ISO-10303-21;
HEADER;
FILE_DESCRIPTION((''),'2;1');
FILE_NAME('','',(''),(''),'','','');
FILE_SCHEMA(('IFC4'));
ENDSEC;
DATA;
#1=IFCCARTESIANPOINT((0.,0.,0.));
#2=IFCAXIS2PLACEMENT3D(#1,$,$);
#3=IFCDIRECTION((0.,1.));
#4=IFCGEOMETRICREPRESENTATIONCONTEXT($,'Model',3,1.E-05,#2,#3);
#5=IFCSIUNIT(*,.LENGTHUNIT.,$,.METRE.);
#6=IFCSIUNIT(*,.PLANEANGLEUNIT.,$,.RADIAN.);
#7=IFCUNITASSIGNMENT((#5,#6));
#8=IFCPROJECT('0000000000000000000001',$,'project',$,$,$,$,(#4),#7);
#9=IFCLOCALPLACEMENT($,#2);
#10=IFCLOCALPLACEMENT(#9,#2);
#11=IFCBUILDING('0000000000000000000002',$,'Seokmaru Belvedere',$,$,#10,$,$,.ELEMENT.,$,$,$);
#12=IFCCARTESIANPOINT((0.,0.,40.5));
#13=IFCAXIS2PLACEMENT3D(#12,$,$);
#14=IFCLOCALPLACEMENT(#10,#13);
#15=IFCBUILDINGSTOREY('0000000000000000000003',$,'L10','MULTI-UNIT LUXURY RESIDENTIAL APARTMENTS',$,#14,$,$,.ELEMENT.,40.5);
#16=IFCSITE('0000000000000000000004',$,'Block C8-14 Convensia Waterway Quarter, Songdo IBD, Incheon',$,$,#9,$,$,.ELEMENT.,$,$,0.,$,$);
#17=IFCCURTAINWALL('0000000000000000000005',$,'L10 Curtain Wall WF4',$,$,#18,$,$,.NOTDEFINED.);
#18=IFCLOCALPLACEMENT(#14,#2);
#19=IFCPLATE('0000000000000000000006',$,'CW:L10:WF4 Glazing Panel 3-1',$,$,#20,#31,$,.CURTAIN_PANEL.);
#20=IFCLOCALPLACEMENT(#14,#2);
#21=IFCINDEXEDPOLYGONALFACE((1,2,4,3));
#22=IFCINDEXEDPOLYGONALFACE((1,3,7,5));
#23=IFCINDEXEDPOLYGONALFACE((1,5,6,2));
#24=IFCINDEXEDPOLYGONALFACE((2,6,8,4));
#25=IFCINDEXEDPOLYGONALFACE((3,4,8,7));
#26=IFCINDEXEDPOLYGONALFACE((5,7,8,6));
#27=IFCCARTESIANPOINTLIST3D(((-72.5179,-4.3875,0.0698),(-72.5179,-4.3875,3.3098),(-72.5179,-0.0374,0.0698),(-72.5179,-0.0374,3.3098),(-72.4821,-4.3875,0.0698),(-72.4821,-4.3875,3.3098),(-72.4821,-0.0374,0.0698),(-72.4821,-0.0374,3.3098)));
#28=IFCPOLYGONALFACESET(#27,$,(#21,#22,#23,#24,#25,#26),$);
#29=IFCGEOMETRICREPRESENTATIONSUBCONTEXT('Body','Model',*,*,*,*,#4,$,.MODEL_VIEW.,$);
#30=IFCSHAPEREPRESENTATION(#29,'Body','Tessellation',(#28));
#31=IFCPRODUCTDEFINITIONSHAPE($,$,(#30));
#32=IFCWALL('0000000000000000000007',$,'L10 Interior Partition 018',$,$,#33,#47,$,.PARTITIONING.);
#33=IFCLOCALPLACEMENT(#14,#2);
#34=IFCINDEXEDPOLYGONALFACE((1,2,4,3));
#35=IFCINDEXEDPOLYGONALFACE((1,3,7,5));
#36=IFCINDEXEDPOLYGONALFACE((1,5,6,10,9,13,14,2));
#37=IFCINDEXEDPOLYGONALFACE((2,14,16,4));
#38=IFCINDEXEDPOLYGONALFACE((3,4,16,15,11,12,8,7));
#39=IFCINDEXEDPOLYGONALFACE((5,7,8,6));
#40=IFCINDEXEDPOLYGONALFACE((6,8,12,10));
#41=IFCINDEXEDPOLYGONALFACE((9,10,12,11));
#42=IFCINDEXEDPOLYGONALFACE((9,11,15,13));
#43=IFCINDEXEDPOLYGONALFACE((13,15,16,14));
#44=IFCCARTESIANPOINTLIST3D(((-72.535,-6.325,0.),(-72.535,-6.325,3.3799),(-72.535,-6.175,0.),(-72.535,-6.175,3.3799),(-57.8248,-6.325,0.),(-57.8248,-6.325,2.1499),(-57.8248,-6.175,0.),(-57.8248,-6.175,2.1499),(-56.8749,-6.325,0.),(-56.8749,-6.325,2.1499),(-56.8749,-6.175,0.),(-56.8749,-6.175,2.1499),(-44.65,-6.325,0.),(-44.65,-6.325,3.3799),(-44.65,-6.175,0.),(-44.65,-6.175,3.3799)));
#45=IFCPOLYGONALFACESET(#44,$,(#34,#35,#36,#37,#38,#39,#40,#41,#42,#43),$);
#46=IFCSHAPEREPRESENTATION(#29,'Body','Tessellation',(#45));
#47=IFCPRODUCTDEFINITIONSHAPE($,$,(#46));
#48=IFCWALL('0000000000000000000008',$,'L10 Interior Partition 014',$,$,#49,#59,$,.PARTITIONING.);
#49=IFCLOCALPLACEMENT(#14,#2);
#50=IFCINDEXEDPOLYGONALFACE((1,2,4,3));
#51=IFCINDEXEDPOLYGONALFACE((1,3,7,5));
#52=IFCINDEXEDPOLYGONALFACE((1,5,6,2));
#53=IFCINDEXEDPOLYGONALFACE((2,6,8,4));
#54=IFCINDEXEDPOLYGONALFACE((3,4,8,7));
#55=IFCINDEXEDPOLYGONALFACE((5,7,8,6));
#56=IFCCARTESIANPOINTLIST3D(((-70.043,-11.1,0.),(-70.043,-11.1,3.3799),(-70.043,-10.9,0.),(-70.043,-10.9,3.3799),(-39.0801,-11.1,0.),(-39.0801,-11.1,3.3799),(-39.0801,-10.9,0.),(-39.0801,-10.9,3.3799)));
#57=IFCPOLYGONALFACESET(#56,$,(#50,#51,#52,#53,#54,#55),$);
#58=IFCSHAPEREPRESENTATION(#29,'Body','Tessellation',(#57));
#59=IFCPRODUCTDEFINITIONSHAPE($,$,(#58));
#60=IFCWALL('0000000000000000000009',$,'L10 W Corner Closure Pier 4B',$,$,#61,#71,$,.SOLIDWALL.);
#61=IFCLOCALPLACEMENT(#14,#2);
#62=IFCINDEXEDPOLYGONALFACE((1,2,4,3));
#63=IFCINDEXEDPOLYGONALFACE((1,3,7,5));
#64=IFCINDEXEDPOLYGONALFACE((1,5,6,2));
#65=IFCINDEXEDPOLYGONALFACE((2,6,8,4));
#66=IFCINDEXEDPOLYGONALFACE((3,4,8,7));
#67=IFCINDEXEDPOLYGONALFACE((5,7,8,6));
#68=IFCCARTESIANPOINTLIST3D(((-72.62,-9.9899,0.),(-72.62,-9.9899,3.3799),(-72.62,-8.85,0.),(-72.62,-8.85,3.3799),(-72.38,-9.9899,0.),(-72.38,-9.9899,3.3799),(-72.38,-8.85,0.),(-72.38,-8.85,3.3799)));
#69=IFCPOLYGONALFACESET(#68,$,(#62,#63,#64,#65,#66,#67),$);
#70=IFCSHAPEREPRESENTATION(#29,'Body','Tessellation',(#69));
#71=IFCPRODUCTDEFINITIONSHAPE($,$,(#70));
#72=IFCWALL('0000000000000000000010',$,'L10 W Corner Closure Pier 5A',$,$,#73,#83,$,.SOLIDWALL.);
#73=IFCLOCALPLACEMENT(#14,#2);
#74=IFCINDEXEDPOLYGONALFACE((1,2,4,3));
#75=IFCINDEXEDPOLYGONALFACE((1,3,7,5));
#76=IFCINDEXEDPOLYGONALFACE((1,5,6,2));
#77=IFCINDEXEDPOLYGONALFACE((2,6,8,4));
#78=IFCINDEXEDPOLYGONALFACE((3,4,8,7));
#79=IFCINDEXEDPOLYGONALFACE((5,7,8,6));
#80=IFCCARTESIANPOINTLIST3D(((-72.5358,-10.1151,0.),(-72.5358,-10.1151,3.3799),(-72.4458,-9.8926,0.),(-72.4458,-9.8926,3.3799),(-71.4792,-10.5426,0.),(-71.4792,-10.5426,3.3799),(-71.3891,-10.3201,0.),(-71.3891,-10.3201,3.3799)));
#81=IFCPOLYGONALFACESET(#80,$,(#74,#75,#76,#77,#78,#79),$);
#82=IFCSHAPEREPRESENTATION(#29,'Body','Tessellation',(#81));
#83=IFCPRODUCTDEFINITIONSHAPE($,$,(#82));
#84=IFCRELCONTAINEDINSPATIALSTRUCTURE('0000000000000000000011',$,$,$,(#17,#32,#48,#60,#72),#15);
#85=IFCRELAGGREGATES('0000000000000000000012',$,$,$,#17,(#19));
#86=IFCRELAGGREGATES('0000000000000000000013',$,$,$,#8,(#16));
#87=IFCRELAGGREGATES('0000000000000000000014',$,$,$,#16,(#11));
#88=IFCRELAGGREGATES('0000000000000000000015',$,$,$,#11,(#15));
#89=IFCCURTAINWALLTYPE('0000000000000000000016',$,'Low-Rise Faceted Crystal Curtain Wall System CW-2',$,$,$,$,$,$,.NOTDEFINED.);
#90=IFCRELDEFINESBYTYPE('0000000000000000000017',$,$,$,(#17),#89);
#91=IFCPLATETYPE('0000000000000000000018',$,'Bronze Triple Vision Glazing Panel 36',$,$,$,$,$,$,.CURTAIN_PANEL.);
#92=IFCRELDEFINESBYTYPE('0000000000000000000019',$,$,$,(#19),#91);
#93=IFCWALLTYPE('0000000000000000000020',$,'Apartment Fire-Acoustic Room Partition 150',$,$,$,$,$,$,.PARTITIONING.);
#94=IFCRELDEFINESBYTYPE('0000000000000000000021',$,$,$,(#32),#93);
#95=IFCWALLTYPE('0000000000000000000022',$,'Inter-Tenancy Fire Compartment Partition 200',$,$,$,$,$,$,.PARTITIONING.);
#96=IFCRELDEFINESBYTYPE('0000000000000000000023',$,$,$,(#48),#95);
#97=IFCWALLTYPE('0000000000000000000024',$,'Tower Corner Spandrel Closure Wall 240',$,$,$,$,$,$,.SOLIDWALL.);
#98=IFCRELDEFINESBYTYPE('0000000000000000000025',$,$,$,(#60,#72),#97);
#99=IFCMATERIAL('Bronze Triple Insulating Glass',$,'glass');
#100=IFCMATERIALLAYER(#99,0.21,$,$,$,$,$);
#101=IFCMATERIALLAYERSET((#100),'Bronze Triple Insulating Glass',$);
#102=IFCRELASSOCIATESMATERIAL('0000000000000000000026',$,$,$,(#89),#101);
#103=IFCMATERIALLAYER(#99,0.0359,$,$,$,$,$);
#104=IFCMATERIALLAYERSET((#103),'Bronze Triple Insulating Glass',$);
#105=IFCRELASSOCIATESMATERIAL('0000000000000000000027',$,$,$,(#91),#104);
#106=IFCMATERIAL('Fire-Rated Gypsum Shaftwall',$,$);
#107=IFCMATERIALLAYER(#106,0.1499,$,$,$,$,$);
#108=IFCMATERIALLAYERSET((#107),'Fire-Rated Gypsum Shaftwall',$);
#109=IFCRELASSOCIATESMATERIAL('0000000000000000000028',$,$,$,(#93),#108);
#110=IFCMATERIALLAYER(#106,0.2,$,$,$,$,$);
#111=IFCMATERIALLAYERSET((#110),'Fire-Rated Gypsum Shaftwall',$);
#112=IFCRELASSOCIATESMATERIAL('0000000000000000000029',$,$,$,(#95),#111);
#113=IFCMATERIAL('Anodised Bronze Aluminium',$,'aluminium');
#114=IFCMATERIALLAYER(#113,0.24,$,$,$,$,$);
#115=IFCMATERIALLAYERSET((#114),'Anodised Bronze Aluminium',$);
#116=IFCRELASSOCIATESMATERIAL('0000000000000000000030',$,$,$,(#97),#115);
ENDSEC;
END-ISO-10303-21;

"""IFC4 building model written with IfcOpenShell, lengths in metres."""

from ifc_helpers import new_model, si_unit, direction, frame, frame_2d, origin, origin_2d, place, context, subcontext, project, spatial, rectangle, extrude, source, transform, mapped, material, layer, layer_set, type_object, element, aggregate, save


model = new_model("IFC4")

# Units and contexts
model_context = context("Model", 3, precision=1e-05, world=origin(), true_north=direction((0.0, 1.0)))
body_context = subcontext(model_context, "Body", "Model", "MODEL_VIEW")
ifc_project = project(units=[si_unit("LENGTHUNIT", "METRE"), si_unit("PLANEANGLEUNIT", "RADIAN")], contexts=[model_context])

# Site, building, storey
site_placement = place(None, origin())
site = spatial("IfcSite", under=ifc_project, at=site_placement, Name="Block C8-14 Convensia Waterway Quarter, Songdo IBD, Incheon", CompositionType="ELEMENT", RefElevation=0.0)
building_placement = place(site_placement, origin())
building = spatial("IfcBuilding", under=site, at=building_placement, Name="Seokmaru Belvedere", CompositionType="ELEMENT")
storey_placement = place(building_placement, frame((0.0, 0.0, 40.5)))
storey = spatial("IfcBuildingStorey", under=building, at=storey_placement, Name="L10", Description="MULTI-UNIT LUXURY RESIDENTIAL APARTMENTS", CompositionType="ELEMENT", Elevation=40.5)

# Curtain wall
ifc_material_1 = material(Name="Bronze Triple Insulating Glass", Category="glass")
ifc_layer_1 = layer(ifc_material_1, 0.21)
ifc_layer_set_1 = layer_set([ifc_layer_1], Name="Bronze Triple Insulating Glass")
curtain_wall_type = type_object("IfcCurtainWallType", Name="Low-Rise Faceted Crystal Curtain Wall System CW-2", PredefinedType="NOTDEFINED", material=ifc_layer_set_1)
curtain_wall_1_placement = place(storey_placement, origin())
curtain_wall_1 = element("IfcCurtainWall", 1, at=curtain_wall_1_placement, inside=storey, type_object=curtain_wall_type, Name="L10 Curtain Wall WF4", PredefinedType="NOTDEFINED")
ifc_material_2 = material(Name="Anodised Bronze Aluminium", Category="aluminium")

# Plate
ifc_layer_2 = layer(ifc_material_1, 0.0359)
ifc_layer_set_2 = layer_set([ifc_layer_2], Name="Bronze Triple Insulating Glass")
plate_type = type_object("IfcPlateType", Name="Bronze Triple Vision Glazing Panel 36", PredefinedType="CURTAIN_PANEL", material=ifc_layer_set_2)
shared_shape_1 = source(origin(), body_context, "Body", "SweptSolid", [
    extrude(rectangle(XDim=4.3501, YDim=0.0359, at=origin_2d()), origin(), (0.0, 0.0, 1.0), 3.24),
])
plate_1_placement = place(storey_placement, frame((-72.5, -2.2124, 0.0698), z_axis=(0.0, 0.0, 1.0), x_axis=(0.0, -1.0, 0.0)))
plate_1 = element("IfcPlate", 2, at=plate_1_placement, type_object=plate_type, Name="CW:L10:WF4 Glazing Panel 3-1", PredefinedType="CURTAIN_PANEL", context=body_context, shape_type="MappedRepresentation", body=[
    mapped(shared_shape_1, transform((0.0, 0.0, 0.0), scale=1.0)),
])
aggregate(curtain_wall_1, [plate_1])

# Wall, opening
ifc_material_3 = material(Name="Fire-Rated Gypsum Shaftwall")
ifc_layer_3 = layer(ifc_material_3, 0.1499)
ifc_layer_set_3 = layer_set([ifc_layer_3], Name="Fire-Rated Gypsum Shaftwall")
wall_type_1 = type_object("IfcWallType", Name="Apartment Fire-Acoustic Room Partition 150", PredefinedType="PARTITIONING", material=ifc_layer_set_3)
wall_1_placement = place(storey_placement, frame((-72.5349, -6.25, 0.0), z_axis=(0.0, 0.0, 1.0), x_axis=(1.0, 0.0, 0.0)))
wall_1 = element("IfcWall", 3, at=wall_1_placement, inside=storey, type_object=wall_type_1, Name="L10 Interior Partition 018", PredefinedType="PARTITIONING", context=body_context, shape_type="SweptSolid", body=[
    extrude(rectangle(XDim=27.885, YDim=0.1499, at=frame_2d((13.9424, 0.0))), origin(), (0.0, 0.0, 1.0), 3.3799),
])
opening_placement = place(wall_1_placement, frame((14.71, 0.0, 0.0)))
element("IfcOpeningElement", 4, at=opening_placement, cuts=wall_1, PredefinedType="OPENING", context=body_context, shape_type="SweptSolid", body=[
    extrude(rectangle(XDim=0.95, YDim=2.1499, at=frame_2d((0.4751, 1.075))), frame((0.0, 0.085, 0.0), z_axis=(0.0, -1.0, 0.0), x_axis=(1.0, 0.0, 0.0)), (0.0, 0.0, 1.0), 0.1699),
])

# Walls
ifc_layer_4 = layer(ifc_material_3, 0.2)
ifc_layer_set_4 = layer_set([ifc_layer_4], Name="Fire-Rated Gypsum Shaftwall")
wall_type_2 = type_object("IfcWallType", Name="Inter-Tenancy Fire Compartment Partition 200", PredefinedType="PARTITIONING", material=ifc_layer_set_4)
wall_2_placement = place(storey_placement, frame((-70.043, -11.0, 0.0), z_axis=(0.0, 0.0, 1.0), x_axis=(1.0, 0.0, 0.0)))
element("IfcWall", 5, at=wall_2_placement, inside=storey, type_object=wall_type_2, Name="L10 Interior Partition 014", PredefinedType="PARTITIONING", context=body_context, shape_type="SweptSolid", body=[
    extrude(rectangle(XDim=30.9629, YDim=0.2, at=frame_2d((15.4814, 0.0))), origin(), (0.0, 0.0, 1.0), 3.3799),
])
ifc_layer_5 = layer(ifc_material_2, 0.24)
ifc_layer_set_5 = layer_set([ifc_layer_5], Name="Anodised Bronze Aluminium")
wall_type_3 = type_object("IfcWallType", Name="Tower Corner Spandrel Closure Wall 240", PredefinedType="SOLIDWALL", material=ifc_layer_set_5)
for number, where, z_axis, x_axis, name in (
    (6, (-72.5, -8.8501, 0.0), (0.0, 0.0, 1.0), (0.0, -1.0, 0.0), "L10 W Corner Closure Pier 4B"),
    (7, (-72.4907, -10.0039, 0.0), (0.0, 0.0, 1.0), (0.927007, -0.375044, 0.0), "L10 W Corner Closure Pier 5A"),
):
    element("IfcWall", number, at=place(storey_placement, frame(where, z_axis=z_axis, x_axis=x_axis)), inside=storey, type_object=wall_type_3, Name=name, PredefinedType="SOLIDWALL", context=body_context, shape_type="SweptSolid", body=[
        extrude(rectangle(XDim=1.1399, YDim=0.24, at=frame_2d((0.5698, 0.0))), origin(), (0.0, 0.0, 1.0), 3.3799),
    ])

save(model, "model.ifc")
